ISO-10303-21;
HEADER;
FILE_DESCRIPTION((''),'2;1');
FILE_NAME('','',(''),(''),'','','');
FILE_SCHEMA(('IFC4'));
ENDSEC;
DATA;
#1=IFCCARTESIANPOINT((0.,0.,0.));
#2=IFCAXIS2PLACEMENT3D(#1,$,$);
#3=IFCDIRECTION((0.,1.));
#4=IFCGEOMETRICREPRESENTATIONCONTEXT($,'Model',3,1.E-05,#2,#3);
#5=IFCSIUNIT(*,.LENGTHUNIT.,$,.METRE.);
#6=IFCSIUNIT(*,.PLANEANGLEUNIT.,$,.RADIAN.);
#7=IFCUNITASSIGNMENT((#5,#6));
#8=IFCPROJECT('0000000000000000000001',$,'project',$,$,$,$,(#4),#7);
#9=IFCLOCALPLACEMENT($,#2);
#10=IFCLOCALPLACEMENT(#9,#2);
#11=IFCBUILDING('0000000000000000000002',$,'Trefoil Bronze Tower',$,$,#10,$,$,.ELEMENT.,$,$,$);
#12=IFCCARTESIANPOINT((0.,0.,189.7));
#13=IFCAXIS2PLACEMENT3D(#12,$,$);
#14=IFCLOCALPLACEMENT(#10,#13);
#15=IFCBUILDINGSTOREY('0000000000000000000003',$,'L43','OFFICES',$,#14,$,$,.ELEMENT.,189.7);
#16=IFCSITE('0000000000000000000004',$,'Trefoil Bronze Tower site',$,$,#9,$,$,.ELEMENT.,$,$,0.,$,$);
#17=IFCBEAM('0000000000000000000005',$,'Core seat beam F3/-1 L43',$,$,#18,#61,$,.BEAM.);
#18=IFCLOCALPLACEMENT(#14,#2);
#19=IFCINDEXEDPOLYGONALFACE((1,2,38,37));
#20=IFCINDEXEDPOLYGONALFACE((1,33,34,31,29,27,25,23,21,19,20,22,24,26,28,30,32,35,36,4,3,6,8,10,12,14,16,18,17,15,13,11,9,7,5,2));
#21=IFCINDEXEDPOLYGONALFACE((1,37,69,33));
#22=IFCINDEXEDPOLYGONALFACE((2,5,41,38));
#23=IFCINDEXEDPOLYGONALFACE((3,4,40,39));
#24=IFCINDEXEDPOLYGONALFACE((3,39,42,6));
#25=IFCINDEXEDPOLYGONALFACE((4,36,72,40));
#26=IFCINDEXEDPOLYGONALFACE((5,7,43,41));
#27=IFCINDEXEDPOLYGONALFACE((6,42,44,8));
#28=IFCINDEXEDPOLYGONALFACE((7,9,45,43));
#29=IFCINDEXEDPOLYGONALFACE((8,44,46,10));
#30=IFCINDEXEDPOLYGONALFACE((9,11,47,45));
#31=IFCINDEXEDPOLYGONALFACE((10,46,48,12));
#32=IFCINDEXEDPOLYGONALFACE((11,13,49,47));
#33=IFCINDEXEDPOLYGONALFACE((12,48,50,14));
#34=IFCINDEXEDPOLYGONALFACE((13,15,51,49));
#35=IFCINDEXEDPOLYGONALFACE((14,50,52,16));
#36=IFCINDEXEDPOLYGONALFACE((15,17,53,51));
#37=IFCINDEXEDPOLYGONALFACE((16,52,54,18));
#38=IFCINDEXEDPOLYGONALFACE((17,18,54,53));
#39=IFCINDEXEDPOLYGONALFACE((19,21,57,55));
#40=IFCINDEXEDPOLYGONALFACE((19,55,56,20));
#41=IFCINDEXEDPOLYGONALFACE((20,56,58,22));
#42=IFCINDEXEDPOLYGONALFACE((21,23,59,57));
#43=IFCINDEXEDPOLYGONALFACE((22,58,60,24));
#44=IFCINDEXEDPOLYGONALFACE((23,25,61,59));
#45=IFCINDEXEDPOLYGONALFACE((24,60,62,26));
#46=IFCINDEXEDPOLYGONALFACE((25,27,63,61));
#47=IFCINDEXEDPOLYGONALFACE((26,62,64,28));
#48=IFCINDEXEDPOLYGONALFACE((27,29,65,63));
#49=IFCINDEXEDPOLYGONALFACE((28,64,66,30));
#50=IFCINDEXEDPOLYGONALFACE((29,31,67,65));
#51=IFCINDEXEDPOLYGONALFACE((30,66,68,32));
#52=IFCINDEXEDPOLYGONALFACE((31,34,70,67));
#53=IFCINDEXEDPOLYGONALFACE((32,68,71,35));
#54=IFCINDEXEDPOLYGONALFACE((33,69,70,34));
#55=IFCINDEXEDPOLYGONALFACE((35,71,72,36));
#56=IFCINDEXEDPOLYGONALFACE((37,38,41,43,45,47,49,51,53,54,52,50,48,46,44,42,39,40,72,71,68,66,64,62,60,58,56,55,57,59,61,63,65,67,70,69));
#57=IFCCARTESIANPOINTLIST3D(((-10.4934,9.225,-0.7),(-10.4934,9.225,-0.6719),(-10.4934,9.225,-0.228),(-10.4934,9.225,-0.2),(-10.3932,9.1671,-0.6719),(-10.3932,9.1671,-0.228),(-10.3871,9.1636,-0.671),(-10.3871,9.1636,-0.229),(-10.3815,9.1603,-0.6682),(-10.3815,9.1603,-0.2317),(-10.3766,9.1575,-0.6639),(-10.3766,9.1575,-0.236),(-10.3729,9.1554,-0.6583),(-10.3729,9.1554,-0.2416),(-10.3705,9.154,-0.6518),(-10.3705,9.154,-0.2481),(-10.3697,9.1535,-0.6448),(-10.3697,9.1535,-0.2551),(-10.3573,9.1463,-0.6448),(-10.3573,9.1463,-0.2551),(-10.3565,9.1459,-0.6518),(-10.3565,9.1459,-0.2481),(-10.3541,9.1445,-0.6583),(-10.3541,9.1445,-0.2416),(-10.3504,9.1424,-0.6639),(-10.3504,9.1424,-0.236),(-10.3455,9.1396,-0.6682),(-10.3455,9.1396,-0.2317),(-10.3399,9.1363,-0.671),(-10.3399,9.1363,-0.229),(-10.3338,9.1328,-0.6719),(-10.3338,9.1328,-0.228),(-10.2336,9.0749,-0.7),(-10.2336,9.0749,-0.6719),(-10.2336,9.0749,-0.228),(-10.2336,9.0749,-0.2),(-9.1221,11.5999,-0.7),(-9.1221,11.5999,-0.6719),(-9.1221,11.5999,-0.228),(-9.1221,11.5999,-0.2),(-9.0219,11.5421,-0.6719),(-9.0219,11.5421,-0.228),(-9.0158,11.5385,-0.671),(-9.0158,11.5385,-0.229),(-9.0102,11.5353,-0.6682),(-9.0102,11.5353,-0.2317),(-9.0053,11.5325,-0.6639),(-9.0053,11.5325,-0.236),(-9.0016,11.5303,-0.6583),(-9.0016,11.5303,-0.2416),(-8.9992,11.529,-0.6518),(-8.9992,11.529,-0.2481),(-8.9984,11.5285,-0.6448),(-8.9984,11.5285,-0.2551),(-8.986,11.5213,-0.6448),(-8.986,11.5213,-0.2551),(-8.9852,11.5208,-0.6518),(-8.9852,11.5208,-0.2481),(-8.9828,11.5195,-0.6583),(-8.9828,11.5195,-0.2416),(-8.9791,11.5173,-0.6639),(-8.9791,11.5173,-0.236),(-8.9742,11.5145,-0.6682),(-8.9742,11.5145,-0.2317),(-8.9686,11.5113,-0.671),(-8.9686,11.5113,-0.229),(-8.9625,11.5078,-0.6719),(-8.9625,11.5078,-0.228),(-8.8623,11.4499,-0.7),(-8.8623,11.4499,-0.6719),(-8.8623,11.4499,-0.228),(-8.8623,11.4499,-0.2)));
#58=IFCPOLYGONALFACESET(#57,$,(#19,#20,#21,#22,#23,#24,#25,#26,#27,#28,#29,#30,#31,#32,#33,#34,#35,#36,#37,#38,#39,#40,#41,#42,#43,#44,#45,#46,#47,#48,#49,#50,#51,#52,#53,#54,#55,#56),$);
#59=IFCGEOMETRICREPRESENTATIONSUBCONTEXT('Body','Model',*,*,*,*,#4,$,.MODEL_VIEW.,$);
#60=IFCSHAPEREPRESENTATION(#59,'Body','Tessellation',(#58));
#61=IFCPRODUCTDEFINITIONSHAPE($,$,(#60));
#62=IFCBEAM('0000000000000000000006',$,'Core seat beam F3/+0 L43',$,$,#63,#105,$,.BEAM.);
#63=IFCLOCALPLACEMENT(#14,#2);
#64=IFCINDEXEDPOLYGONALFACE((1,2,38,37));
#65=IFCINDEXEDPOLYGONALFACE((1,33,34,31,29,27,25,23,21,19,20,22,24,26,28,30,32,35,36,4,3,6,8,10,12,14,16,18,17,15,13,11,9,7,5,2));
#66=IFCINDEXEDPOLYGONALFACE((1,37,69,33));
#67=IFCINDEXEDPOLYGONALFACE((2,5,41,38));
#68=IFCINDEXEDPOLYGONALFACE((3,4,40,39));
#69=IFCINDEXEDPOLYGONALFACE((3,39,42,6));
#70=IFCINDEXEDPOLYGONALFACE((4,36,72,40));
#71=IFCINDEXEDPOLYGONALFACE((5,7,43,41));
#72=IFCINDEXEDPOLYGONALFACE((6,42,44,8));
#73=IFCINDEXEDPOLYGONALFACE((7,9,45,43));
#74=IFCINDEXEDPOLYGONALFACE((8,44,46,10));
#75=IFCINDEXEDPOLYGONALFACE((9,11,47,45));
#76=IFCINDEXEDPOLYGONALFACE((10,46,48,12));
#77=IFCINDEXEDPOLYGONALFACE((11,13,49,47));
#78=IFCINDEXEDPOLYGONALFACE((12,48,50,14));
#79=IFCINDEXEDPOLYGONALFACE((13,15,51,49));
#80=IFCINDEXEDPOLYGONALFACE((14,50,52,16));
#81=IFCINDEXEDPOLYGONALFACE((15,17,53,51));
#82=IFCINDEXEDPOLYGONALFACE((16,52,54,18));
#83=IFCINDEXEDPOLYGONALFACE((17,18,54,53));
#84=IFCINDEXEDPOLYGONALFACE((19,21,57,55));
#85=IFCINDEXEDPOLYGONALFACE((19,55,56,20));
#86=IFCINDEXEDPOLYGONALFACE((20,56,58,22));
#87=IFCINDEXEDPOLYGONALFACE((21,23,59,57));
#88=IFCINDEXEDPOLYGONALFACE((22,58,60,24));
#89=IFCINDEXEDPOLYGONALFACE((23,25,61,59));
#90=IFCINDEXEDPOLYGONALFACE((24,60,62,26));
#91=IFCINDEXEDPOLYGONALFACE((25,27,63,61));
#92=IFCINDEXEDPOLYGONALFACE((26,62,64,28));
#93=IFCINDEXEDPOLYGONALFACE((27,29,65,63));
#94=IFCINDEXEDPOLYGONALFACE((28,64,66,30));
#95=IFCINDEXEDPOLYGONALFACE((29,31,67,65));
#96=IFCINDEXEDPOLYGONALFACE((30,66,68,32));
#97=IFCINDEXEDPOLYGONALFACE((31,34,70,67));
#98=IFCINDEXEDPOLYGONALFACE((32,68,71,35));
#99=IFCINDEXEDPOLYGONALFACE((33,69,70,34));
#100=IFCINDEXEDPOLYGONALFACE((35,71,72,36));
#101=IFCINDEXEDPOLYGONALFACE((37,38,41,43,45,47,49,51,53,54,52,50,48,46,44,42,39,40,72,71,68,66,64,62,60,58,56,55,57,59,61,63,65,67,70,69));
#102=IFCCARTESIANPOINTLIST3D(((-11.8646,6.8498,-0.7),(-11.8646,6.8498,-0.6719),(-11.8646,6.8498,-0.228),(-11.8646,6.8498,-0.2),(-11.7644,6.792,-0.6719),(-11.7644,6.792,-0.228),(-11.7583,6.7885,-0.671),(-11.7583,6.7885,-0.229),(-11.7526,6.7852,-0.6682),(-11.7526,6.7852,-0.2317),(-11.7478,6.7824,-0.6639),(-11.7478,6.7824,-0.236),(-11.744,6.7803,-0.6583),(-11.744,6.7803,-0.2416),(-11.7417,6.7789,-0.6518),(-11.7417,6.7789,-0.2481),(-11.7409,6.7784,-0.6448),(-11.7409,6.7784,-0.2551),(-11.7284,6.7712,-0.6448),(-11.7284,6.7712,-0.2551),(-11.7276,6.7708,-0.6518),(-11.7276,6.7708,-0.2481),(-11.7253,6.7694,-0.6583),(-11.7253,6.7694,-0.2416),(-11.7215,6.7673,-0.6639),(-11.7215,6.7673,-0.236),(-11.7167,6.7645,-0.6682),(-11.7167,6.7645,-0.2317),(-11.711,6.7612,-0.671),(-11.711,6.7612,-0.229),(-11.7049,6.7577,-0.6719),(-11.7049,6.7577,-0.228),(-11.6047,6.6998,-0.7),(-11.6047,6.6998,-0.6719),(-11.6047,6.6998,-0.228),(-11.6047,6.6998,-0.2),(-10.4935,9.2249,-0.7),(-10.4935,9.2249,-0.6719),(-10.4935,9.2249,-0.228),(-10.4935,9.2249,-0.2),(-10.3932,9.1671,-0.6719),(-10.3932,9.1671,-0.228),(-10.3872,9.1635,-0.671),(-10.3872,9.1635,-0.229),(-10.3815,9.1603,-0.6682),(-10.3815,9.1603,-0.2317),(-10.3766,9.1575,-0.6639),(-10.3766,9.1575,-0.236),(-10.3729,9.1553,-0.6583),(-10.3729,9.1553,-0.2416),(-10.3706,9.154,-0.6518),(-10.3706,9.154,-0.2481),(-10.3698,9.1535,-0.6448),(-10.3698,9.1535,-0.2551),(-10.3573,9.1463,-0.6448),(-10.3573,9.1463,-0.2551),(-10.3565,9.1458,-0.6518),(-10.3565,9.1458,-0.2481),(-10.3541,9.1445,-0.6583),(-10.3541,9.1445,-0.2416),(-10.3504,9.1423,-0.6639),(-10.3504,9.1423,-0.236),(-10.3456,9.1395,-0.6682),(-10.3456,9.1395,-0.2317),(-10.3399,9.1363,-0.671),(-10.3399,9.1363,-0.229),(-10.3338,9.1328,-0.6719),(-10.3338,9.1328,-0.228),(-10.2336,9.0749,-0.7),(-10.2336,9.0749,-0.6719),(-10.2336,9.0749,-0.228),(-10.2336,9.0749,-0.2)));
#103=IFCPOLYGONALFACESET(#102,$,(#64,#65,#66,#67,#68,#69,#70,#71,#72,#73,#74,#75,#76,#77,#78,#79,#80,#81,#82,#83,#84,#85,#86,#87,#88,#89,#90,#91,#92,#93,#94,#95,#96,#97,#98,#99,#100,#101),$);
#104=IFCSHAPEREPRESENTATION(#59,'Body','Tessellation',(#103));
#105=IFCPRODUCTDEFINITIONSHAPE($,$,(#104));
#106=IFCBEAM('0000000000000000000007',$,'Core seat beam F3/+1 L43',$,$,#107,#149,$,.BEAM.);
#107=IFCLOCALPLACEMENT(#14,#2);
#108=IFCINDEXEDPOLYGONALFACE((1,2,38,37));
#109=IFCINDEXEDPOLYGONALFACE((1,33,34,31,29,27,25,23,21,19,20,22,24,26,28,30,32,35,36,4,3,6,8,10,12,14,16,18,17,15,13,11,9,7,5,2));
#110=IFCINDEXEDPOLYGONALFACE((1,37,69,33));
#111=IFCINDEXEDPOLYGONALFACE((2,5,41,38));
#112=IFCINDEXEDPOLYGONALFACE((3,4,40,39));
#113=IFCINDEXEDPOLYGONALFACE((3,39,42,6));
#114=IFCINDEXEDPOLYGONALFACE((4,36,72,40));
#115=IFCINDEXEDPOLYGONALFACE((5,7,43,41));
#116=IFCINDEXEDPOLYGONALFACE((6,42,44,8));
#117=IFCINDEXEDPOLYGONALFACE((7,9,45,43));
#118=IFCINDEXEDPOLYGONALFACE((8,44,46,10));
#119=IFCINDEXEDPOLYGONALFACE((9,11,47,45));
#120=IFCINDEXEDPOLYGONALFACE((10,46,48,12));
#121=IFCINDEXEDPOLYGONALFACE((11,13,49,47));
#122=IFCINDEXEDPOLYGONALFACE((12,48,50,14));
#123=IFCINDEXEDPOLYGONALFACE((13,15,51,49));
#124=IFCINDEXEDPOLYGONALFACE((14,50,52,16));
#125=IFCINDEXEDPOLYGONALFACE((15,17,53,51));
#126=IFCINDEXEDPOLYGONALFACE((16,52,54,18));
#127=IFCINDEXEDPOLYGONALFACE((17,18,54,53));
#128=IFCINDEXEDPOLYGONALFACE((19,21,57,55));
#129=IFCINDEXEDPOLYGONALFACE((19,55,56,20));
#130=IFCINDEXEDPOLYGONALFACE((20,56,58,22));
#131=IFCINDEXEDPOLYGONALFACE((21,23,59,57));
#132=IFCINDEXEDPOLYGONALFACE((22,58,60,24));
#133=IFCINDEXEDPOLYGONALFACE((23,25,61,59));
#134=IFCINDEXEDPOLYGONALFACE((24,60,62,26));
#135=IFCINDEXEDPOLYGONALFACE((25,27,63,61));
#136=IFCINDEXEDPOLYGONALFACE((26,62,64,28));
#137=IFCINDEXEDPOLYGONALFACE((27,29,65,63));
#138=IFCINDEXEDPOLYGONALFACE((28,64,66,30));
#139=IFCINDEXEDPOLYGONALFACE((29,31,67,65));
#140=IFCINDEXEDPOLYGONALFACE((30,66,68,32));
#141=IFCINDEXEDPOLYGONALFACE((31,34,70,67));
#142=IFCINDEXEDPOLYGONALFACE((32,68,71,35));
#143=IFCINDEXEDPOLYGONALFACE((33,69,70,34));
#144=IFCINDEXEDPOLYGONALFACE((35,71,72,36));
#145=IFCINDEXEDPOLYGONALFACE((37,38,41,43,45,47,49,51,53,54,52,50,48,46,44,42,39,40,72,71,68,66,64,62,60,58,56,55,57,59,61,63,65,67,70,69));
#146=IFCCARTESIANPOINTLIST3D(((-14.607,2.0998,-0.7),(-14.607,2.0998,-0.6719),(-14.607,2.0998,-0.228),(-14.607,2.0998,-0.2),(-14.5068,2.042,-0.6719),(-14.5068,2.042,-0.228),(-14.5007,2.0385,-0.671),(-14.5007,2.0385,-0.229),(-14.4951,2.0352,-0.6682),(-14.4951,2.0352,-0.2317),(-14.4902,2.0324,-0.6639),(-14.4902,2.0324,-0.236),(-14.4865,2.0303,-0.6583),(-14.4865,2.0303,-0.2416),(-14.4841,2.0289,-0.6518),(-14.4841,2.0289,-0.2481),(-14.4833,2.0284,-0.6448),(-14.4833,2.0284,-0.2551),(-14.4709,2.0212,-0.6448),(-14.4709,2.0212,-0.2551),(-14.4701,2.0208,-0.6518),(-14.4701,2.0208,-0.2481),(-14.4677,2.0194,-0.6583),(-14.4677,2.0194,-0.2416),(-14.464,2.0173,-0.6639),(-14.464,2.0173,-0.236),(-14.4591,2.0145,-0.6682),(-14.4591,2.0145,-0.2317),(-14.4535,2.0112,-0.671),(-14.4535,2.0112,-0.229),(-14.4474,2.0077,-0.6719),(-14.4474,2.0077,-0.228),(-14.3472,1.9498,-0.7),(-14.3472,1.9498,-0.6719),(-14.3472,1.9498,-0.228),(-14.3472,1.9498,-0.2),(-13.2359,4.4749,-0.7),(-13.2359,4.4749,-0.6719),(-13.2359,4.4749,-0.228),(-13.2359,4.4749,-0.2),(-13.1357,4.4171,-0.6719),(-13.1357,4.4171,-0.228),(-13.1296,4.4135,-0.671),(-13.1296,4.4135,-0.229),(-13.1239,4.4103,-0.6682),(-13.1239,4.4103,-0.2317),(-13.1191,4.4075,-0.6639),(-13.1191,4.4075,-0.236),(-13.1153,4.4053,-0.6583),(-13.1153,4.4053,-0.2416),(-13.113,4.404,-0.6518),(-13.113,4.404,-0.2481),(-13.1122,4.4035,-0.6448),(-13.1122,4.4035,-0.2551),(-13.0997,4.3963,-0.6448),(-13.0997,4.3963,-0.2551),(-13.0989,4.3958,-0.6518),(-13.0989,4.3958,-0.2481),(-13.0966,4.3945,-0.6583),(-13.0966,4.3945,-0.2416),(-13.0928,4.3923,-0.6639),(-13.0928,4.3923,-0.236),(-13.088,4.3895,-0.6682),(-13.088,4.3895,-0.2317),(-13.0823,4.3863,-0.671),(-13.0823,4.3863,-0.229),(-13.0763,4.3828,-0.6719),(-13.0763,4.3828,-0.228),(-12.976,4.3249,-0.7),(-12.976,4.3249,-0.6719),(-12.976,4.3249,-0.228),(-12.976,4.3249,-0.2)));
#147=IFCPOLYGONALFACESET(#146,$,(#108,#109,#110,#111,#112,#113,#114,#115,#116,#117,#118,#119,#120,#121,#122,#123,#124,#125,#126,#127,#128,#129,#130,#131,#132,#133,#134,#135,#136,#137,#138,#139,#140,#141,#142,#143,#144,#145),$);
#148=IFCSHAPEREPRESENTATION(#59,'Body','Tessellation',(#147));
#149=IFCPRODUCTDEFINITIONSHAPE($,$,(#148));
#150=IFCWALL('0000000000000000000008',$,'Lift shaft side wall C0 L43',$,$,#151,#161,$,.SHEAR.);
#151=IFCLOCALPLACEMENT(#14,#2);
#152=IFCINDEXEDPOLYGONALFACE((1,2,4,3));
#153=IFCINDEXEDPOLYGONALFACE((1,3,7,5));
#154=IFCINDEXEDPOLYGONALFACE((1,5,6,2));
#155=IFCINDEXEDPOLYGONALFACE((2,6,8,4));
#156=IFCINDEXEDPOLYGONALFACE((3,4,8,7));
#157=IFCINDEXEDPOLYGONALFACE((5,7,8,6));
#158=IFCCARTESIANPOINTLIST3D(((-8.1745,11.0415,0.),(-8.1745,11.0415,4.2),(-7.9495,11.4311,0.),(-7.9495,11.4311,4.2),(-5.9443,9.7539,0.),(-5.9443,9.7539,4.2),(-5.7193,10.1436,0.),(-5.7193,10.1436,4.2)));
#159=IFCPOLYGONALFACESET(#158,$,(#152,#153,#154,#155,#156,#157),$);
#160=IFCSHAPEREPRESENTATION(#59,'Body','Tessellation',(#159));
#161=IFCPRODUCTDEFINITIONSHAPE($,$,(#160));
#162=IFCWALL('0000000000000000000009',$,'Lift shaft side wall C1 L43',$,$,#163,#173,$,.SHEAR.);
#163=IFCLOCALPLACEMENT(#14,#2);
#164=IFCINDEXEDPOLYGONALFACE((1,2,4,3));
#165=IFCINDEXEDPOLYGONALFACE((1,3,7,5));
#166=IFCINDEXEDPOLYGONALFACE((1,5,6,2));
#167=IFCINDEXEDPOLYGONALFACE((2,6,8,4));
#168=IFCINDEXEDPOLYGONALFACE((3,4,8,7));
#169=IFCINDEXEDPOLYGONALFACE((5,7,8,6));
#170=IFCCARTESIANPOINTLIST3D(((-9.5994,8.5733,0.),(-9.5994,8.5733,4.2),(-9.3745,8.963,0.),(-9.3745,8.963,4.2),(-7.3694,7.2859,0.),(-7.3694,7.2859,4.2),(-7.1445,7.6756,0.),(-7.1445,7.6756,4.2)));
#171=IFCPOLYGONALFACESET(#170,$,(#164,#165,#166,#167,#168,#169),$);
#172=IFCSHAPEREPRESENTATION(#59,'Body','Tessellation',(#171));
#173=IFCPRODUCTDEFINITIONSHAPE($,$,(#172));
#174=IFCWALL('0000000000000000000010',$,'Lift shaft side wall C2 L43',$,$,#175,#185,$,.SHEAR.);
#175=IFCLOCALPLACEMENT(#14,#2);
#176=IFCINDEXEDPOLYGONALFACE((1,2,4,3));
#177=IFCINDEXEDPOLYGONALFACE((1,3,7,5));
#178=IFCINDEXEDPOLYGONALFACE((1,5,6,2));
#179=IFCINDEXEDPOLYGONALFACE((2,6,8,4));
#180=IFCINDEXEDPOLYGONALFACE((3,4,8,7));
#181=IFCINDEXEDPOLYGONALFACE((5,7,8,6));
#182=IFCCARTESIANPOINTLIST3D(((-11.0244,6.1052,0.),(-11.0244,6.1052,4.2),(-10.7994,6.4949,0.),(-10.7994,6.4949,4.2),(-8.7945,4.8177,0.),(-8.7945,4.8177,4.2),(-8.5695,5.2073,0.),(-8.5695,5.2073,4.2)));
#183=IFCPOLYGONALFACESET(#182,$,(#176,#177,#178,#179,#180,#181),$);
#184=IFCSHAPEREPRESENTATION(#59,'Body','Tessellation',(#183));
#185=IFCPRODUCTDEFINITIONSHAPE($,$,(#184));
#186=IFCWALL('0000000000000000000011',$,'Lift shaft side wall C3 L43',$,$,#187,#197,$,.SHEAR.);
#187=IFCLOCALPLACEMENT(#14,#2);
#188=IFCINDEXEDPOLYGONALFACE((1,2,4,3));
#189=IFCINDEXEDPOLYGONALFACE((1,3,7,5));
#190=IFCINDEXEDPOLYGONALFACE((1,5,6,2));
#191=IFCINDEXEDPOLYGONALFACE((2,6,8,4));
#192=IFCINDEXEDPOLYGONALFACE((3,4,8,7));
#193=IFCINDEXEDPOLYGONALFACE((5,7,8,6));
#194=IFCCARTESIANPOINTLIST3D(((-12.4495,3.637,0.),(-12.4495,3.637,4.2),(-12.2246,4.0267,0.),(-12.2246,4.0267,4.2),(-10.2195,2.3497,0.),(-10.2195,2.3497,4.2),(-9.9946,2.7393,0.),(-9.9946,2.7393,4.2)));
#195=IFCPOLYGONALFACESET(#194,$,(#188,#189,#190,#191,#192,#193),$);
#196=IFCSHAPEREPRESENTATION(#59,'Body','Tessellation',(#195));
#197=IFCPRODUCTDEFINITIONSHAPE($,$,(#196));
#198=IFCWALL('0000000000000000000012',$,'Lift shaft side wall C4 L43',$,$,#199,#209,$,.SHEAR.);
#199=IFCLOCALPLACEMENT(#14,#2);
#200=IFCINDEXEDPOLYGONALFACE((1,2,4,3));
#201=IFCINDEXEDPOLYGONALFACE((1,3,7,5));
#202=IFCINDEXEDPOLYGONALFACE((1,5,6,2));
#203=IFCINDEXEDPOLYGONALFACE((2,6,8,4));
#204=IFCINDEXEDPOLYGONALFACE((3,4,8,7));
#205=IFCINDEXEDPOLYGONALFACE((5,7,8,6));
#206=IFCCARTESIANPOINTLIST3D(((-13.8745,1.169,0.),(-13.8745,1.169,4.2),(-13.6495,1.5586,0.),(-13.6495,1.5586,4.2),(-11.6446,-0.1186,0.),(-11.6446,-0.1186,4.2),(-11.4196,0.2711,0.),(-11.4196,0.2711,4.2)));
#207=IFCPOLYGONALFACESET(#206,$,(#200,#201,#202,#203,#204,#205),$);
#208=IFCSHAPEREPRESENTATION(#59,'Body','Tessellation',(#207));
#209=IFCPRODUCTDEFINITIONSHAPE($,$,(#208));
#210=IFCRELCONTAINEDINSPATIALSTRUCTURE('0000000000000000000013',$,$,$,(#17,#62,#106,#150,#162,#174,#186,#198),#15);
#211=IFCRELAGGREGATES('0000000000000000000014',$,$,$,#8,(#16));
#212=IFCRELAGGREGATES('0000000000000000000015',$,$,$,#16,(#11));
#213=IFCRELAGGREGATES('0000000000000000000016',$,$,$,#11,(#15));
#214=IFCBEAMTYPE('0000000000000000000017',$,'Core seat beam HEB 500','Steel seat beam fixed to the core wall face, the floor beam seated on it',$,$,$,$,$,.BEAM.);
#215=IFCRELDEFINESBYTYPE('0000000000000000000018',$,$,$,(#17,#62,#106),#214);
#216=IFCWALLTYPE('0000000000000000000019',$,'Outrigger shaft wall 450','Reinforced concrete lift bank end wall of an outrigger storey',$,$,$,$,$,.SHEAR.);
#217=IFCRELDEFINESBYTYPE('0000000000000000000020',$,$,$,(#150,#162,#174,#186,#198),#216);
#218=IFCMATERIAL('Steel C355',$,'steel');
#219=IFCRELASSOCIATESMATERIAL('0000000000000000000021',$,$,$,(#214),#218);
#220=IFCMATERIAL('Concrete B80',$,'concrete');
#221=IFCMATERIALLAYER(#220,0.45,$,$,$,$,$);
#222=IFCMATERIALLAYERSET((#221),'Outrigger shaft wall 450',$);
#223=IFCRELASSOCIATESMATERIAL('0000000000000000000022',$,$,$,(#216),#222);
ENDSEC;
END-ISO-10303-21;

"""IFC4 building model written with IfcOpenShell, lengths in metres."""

from ifc_helpers import new_model, si_unit, direction, frame, frame_2d, origin, origin_2d, place, context, subcontext, project, spatial, rectangle, i_section, extrude, material, layer, layer_set, material_profile, profile_set, type_object, element, save


model = new_model("IFC4")

# Units and contexts
model_context = context("Model", 3, precision=1e-05, world=origin(), true_north=direction((0.0, 1.0)))
body_context = subcontext(model_context, "Body", "Model", "MODEL_VIEW")
ifc_project = project(units=[si_unit("LENGTHUNIT", "METRE"), si_unit("PLANEANGLEUNIT", "RADIAN")], contexts=[model_context])

# Site, building, storey
site_placement = place(None, origin())
site = spatial("IfcSite", under=ifc_project, at=site_placement, Name="Trefoil Bronze Tower site", CompositionType="ELEMENT", RefElevation=0.0)
building_placement = place(site_placement, origin())
building = spatial("IfcBuilding", under=site, at=building_placement, Name="Trefoil Bronze Tower", CompositionType="ELEMENT")
storey_placement = place(building_placement, frame((0.0, 0.0, 189.7)))
storey = spatial("IfcBuildingStorey", under=building, at=storey_placement, Name="L43", Description="OFFICES", CompositionType="ELEMENT", Elevation=189.7)

# Beams
ifc_material_1 = material(Name="Steel C355", Category="steel")
ifc_material_profile = material_profile(ifc_material_1, i_section(OverallWidth=0.3, OverallDepth=0.5, WebThickness=0.0144, FlangeThickness=0.0281, FilletRadius=0.0271, at=origin_2d()), Name="HEB 500")
ifc_profile_set = profile_set([ifc_material_profile], Name="Steel C355")
beam_type = type_object("IfcBeamType", Name="Core seat beam HEB 500", Description="Steel seat beam fixed to the core wall face, the floor beam seated on it", PredefinedType="BEAM", material=ifc_profile_set)
for number, where, z_axis, x_axis, name in (
    (1, (-8.9922, 11.5249, -0.45), (-0.500036, -0.866005, 0.0), (0.866005, -0.500036, 0.0), "Core seat beam F3/-1 L43"),
    (2, (-10.3635, 9.1499, -0.45), (-0.499969, -0.866043, 0.0), (0.866043, -0.499969, 0.0), "Core seat beam F3/+0 L43"),
    (3, (-13.106, 4.3999, -0.45), (-0.499969, -0.866043, 0.0), (0.866043, -0.499969, 0.0), "Core seat beam F3/+1 L43"),
):
    element("IfcBeam", number, at=place(storey_placement, frame(where, z_axis=z_axis, x_axis=x_axis)), inside=storey, type_object=beam_type, Name=name, PredefinedType="BEAM", context=body_context, shape_type="SweptSolid", body=[
        extrude(i_section(OverallWidth=0.3, OverallDepth=0.5, WebThickness=0.0144, FlangeThickness=0.0281, FilletRadius=0.0271, at=origin_2d()), origin(), (0.0, 0.0, 1.0), 2.7424),
    ])

# Walls
ifc_material_2 = material(Name="Concrete B80", Category="concrete")
ifc_layer_1 = layer(ifc_material_2, 0.45)
ifc_layer_set_1 = layer_set([ifc_layer_1], Name="Outrigger shaft wall 450")
wall_type_1 = type_object("IfcWallType", Name="Outrigger shaft wall 450", Description="Reinforced concrete lift bank end wall of an outrigger storey", PredefinedType="SHEAR", material=ifc_layer_set_1)
wall_1_placement = place(storey_placement, frame((-5.8318, 9.9487, 0.0), z_axis=(0.0, 0.0, 1.0), x_axis=(-0.866029, 0.499993, 0.0)))
element("IfcWall", 4, at=wall_1_placement, inside=storey, type_object=wall_type_1, Name="Lift shaft side wall C0 L43", PredefinedType="SHEAR", context=body_context, shape_type="SweptSolid", body=[
    extrude(rectangle(XDim=2.5752, YDim=0.45, at=frame_2d((1.2876, 0.0))), origin(), (0.0, 0.0, 1.0), 4.2),
])
for number, where, z_axis, x_axis, name in (
    (5, (-7.2568, 7.4807, 0.0), (0.0, 0.0, 1.0), (-0.866047, 0.499963, 0.0), "Lift shaft side wall C1 L43"),
    (6, (-8.6819, 5.0125, 0.0), (0.0, 0.0, 1.0), (-0.866006, 0.500034, 0.0), "Lift shaft side wall C2 L43"),
    (7, (-10.1069, 2.5444, 0.0), (0.0, 0.0, 1.0), (-0.866047, 0.499963, 0.0), "Lift shaft side wall C3 L43"),
    (8, (-11.532, 0.0762, 0.0), (0.0, 0.0, 1.0), (-0.866006, 0.500034, 0.0), "Lift shaft side wall C4 L43"),
):
    element("IfcWall", number, at=place(storey_placement, frame(where, z_axis=z_axis, x_axis=x_axis)), inside=storey, type_object=wall_type_1, Name=name, PredefinedType="SHEAR", context=body_context, shape_type="SweptSolid", body=[
        extrude(rectangle(XDim=2.575, YDim=0.45, at=frame_2d((1.2876, 0.0))), origin(), (0.0, 0.0, 1.0), 4.2),
    ])

save(model, "model.ifc")
